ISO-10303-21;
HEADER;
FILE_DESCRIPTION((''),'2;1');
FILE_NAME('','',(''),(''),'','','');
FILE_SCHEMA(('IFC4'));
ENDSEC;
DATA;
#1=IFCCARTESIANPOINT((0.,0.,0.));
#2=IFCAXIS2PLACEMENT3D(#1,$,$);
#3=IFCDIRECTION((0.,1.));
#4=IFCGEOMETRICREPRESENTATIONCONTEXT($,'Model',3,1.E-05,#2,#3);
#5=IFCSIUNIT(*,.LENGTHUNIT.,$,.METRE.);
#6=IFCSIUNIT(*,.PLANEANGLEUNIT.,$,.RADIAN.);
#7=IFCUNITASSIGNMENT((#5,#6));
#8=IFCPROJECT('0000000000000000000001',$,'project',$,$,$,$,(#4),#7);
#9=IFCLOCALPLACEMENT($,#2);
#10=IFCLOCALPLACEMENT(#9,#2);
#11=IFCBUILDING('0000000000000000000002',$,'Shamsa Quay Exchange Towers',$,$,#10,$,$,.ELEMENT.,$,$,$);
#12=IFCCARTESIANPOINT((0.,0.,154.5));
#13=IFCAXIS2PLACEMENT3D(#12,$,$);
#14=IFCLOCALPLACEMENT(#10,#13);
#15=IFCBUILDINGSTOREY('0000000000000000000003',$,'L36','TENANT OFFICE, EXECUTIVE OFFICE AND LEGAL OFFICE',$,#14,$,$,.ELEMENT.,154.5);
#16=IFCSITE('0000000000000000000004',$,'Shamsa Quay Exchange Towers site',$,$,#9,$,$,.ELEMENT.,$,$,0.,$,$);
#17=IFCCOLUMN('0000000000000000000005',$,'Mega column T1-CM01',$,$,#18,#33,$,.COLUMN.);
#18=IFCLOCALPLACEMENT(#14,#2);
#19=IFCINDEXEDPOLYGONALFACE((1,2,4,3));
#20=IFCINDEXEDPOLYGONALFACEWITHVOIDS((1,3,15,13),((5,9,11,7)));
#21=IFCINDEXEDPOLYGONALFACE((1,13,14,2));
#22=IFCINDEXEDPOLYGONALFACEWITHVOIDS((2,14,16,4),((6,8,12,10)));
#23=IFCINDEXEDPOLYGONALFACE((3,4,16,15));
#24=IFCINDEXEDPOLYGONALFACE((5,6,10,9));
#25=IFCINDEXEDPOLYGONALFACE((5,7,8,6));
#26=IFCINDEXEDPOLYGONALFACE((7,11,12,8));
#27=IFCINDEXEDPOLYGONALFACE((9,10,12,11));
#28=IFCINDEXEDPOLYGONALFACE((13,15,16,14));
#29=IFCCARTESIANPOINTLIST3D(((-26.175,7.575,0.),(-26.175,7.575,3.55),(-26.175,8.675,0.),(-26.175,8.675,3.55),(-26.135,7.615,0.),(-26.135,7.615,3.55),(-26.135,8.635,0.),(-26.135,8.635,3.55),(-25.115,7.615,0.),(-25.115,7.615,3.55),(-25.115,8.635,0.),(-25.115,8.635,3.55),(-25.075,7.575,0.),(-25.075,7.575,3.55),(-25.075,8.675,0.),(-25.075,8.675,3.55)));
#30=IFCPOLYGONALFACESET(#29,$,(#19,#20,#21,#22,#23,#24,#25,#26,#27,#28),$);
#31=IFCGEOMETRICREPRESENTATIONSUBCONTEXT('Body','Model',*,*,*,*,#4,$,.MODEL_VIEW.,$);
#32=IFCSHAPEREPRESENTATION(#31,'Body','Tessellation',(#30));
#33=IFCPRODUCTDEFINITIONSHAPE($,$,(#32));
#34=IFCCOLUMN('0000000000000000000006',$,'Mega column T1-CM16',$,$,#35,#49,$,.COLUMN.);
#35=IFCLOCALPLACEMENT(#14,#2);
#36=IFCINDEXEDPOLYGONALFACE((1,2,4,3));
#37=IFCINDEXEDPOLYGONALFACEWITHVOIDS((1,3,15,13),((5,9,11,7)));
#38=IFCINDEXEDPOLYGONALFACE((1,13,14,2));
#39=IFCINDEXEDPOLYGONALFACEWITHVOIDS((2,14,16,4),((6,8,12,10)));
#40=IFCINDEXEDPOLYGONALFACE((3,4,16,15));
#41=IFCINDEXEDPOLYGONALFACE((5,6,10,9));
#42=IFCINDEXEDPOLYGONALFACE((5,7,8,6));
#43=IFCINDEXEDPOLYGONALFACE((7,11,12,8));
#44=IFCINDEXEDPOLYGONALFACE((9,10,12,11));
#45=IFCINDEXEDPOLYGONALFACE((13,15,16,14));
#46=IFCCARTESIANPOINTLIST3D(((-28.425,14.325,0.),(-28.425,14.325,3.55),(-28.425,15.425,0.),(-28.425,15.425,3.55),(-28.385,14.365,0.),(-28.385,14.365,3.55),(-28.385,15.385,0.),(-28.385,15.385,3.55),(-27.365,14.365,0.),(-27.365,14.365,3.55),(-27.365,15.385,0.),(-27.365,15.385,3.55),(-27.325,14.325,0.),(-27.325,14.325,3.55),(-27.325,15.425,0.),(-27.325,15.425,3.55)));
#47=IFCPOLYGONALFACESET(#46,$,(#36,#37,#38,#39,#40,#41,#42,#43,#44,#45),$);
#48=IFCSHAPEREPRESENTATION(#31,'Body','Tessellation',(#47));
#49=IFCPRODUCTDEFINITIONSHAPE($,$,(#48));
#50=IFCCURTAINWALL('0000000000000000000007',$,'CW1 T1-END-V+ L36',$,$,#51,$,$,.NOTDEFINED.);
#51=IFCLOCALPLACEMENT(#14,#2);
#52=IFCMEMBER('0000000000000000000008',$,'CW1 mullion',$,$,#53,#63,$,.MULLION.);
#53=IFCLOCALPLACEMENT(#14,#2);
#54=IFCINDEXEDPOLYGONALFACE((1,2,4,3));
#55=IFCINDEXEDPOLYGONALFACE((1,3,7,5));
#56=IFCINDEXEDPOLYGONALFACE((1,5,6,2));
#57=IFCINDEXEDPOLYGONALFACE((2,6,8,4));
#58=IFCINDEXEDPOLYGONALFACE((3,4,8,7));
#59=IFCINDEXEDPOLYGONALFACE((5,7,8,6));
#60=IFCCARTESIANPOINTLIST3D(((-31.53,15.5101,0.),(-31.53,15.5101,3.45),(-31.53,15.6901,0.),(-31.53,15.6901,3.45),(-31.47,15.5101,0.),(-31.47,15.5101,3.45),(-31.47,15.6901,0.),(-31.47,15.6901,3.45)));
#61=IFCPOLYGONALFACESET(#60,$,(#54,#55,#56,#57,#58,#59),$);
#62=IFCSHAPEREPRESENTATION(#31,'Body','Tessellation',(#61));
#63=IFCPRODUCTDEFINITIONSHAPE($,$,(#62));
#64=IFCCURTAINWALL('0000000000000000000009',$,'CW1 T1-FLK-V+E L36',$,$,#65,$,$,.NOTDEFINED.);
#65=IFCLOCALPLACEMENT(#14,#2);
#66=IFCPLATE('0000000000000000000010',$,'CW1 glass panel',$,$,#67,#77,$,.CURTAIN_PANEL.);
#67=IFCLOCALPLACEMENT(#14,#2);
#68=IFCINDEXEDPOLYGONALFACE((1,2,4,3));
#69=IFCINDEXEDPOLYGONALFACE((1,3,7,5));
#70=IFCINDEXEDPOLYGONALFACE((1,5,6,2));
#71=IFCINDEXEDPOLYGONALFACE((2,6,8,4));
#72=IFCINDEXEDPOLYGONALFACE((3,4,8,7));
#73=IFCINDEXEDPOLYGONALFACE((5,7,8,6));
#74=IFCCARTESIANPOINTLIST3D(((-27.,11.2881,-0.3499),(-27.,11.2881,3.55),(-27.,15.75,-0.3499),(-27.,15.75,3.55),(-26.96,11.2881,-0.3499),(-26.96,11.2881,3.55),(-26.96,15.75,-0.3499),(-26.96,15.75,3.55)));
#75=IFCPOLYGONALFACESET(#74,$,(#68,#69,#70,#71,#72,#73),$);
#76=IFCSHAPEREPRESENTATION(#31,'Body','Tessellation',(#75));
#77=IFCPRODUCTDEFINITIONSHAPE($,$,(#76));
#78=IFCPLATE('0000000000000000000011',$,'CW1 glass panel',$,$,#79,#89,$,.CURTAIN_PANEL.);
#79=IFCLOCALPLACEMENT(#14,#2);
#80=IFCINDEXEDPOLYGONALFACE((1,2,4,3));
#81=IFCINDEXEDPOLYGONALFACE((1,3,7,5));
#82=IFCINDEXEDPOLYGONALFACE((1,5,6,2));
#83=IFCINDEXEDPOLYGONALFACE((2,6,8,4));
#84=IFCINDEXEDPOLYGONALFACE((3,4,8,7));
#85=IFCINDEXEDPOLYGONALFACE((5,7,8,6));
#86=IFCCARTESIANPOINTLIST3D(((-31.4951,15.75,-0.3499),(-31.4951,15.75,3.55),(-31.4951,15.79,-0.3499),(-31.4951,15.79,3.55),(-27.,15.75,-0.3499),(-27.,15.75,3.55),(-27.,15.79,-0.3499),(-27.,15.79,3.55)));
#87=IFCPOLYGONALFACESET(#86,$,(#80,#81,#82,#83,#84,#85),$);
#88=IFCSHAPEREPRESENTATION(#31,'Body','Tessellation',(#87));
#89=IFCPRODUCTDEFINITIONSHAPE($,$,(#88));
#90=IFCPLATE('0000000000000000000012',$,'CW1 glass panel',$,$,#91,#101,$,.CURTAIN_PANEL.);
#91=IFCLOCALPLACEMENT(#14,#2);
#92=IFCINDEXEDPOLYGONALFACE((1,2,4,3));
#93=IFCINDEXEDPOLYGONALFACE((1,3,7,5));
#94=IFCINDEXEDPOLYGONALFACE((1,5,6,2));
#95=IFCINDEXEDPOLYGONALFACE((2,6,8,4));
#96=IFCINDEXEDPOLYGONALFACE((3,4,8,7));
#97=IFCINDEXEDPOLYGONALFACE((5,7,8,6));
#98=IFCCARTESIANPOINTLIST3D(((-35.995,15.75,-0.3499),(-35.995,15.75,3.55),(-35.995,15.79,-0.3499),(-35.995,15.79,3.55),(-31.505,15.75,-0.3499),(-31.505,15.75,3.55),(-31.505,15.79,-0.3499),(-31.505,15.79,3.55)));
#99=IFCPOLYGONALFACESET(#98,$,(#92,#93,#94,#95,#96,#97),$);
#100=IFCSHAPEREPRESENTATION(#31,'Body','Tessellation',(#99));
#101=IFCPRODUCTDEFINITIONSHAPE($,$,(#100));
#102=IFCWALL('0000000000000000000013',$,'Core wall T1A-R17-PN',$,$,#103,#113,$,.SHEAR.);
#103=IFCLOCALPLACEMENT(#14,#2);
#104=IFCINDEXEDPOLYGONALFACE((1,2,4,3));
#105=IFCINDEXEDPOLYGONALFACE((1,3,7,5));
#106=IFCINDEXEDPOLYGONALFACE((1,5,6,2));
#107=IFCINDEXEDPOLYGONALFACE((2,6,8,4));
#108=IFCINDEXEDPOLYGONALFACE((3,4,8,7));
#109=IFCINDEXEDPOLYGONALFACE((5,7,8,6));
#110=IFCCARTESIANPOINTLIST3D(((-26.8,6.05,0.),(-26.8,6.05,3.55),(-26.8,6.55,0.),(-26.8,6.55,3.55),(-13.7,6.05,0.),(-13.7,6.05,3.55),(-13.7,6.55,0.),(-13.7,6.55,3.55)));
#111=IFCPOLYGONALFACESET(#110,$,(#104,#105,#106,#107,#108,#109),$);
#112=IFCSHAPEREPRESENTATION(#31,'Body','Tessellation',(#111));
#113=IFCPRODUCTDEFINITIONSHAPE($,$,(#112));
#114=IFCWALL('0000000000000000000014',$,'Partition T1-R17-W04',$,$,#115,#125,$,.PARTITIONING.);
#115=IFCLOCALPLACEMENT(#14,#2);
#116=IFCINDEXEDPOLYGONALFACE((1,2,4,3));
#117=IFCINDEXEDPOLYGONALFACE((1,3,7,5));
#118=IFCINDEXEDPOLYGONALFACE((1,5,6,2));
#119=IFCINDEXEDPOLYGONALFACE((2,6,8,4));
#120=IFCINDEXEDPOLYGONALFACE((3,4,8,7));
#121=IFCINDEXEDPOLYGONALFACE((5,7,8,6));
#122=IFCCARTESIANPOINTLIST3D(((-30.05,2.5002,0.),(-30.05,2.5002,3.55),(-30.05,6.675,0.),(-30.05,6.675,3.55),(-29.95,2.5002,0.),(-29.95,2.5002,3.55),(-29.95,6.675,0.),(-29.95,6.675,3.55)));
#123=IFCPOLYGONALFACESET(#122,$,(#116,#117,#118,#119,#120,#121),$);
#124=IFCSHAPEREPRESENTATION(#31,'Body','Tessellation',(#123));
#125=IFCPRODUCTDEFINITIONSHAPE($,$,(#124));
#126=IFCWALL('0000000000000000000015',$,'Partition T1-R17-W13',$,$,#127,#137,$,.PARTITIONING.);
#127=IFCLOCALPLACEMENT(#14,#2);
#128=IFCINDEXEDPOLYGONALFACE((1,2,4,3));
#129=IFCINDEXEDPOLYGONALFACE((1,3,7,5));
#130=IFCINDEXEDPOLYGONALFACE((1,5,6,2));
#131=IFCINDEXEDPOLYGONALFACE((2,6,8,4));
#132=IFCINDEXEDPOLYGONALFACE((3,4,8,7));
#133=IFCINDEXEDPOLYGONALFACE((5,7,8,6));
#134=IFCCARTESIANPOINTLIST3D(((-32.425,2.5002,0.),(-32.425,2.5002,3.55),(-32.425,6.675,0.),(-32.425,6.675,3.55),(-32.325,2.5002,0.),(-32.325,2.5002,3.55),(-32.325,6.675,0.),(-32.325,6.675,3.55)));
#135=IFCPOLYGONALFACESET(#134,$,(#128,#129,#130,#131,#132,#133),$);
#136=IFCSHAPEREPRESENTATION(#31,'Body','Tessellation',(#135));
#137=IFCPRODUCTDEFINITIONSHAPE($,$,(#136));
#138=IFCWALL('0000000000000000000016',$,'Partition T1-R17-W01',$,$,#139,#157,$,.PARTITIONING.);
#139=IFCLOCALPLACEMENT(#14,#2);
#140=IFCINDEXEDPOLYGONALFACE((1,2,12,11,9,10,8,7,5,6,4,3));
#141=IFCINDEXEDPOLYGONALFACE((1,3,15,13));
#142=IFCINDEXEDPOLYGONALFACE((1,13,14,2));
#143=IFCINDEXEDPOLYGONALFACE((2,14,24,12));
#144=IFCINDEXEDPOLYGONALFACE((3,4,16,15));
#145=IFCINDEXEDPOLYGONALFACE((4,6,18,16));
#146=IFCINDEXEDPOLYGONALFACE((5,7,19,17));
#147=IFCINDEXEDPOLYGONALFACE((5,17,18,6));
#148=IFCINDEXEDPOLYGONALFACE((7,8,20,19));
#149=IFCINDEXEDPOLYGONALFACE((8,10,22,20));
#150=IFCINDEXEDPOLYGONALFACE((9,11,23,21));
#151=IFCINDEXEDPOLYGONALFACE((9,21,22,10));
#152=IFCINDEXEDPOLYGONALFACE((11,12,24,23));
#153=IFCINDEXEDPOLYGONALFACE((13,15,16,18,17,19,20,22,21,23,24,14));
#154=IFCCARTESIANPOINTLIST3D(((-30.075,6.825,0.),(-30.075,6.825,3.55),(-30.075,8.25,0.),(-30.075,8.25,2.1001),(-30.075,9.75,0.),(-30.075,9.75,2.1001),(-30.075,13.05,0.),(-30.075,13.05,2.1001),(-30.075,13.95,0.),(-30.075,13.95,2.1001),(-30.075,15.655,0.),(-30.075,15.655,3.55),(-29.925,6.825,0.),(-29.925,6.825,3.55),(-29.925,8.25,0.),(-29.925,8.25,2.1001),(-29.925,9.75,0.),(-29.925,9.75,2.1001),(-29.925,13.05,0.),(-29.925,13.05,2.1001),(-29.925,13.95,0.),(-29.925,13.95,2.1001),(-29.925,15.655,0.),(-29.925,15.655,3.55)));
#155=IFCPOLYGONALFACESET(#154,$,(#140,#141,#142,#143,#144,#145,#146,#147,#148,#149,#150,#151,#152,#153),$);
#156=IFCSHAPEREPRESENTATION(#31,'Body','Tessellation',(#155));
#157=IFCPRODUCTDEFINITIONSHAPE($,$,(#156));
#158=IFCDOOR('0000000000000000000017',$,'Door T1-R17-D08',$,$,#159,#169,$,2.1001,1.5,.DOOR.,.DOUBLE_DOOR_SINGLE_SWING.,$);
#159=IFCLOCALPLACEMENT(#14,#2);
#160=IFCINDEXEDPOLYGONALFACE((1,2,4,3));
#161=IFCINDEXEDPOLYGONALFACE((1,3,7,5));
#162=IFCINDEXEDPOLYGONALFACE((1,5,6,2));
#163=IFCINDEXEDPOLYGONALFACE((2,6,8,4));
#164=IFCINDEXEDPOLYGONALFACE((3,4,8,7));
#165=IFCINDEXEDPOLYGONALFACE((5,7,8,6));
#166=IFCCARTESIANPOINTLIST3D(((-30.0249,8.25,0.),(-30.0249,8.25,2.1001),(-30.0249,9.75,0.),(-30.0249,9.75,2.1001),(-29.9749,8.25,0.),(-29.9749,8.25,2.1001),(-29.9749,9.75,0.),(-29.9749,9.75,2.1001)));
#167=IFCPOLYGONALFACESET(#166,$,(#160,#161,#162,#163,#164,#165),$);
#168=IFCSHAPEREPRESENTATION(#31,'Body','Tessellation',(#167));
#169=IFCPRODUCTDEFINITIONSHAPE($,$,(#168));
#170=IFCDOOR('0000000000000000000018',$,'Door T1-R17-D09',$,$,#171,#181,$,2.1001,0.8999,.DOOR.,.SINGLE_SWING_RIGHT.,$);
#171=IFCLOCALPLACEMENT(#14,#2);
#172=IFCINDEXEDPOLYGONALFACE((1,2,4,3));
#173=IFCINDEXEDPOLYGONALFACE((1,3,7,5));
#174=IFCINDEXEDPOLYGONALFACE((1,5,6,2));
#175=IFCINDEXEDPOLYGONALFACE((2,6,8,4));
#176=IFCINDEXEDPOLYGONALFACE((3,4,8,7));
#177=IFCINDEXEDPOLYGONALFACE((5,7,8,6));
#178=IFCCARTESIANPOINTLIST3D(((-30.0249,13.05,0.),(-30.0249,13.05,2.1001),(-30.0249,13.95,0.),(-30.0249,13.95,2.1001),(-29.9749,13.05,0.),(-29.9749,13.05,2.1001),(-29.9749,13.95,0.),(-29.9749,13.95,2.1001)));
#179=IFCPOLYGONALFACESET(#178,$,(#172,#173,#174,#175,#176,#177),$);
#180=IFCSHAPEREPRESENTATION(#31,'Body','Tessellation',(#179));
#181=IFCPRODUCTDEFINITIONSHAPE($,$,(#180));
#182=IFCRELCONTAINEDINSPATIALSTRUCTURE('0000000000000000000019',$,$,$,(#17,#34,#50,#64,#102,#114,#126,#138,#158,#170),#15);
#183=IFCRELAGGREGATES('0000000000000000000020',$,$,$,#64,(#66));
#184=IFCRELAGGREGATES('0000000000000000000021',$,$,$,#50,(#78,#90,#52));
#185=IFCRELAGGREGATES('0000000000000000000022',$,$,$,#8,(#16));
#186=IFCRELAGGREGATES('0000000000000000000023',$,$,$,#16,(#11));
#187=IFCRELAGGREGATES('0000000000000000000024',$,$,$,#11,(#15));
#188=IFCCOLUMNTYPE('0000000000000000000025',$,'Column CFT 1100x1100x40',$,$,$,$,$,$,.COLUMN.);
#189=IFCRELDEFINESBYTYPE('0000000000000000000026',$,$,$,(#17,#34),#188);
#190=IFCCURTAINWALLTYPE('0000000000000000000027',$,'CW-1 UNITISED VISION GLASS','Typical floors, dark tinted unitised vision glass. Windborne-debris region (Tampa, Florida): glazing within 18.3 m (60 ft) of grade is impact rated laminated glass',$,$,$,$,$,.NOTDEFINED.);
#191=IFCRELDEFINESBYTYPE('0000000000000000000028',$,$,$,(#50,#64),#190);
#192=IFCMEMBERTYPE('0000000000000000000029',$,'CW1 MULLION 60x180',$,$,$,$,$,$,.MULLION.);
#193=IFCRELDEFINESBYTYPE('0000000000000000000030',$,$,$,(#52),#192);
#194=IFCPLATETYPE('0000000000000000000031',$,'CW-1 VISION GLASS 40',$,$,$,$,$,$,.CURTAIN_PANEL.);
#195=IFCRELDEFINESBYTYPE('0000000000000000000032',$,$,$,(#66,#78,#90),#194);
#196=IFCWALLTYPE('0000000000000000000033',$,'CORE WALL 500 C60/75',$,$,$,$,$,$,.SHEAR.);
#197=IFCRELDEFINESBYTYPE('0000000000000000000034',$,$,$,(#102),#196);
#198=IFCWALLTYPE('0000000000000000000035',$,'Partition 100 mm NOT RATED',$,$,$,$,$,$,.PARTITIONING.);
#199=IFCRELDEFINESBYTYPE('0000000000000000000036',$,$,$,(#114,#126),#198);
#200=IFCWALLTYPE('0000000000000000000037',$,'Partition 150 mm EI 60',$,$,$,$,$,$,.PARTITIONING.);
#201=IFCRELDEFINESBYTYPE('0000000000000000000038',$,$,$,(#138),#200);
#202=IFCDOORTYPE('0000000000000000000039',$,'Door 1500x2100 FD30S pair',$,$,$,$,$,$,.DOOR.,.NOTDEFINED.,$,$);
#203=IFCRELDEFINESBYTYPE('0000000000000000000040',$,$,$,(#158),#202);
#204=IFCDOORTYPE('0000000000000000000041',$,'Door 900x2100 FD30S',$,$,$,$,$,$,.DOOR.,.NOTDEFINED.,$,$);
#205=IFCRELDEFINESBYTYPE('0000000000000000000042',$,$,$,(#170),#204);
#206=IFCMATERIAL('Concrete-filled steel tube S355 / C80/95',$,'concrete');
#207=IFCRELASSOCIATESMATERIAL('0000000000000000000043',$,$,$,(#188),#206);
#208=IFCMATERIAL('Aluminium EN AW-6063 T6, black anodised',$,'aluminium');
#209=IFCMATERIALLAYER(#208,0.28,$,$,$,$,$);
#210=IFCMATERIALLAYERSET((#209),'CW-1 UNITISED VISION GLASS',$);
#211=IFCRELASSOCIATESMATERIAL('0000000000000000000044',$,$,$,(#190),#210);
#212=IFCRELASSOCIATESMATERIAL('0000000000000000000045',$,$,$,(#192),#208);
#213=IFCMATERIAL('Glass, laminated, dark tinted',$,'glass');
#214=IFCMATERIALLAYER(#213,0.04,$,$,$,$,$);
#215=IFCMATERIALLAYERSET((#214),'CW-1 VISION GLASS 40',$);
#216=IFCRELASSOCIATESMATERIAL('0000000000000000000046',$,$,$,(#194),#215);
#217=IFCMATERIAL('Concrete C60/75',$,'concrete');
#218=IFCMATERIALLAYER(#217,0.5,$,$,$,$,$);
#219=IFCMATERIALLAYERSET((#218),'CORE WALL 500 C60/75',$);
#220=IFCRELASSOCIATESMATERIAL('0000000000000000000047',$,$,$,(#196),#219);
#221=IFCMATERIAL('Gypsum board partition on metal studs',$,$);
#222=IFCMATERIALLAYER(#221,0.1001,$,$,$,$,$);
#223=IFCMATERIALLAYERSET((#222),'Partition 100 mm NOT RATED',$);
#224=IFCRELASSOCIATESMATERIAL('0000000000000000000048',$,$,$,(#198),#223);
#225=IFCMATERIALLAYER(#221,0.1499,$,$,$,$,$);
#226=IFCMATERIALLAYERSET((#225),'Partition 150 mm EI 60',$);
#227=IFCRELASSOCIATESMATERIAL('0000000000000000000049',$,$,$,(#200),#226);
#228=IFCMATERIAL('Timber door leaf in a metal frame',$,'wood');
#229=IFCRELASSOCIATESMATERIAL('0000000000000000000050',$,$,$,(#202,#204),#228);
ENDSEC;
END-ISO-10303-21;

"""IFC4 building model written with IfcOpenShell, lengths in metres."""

from ifc_helpers import new_model, si_unit, direction, frame, frame_2d, origin, origin_2d, place, context, subcontext, project, spatial, rectangle, hollow_rectangle, extrude, material, layer, layer_set, material_profile, profile_set, type_object, element, fill, aggregate, save


model = new_model("IFC4")

# Units and contexts
model_context = context("Model", 3, precision=1e-05, world=origin(), true_north=direction((0.0, 1.0)))
body_context = subcontext(model_context, "Body", "Model", "MODEL_VIEW")
ifc_project = project(units=[si_unit("LENGTHUNIT", "METRE"), si_unit("PLANEANGLEUNIT", "RADIAN")], contexts=[model_context])

# Site, building, storey
site_placement = place(None, origin())
site = spatial("IfcSite", under=ifc_project, at=site_placement, Name="Shamsa Quay Exchange Towers site", CompositionType="ELEMENT", RefElevation=0.0)
building_placement = place(site_placement, origin())
building = spatial("IfcBuilding", under=site, at=building_placement, Name="Shamsa Quay Exchange Towers", CompositionType="ELEMENT")
storey_placement = place(building_placement, frame((0.0, 0.0, 154.5)))
storey = spatial("IfcBuildingStorey", under=building, at=storey_placement, Name="L36", Description="TENANT OFFICE, EXECUTIVE OFFICE AND LEGAL OFFICE", CompositionType="ELEMENT", Elevation=154.5)

# Columns
ifc_material_1 = material(Name="Concrete-filled steel tube S355 / C80/95", Category="concrete")
ifc_material_profile_1 = material_profile(ifc_material_1, hollow_rectangle(XDim=1.1001, YDim=1.1001, WallThickness=0.04, at=origin_2d()), Name="CFT 1100x1100x40")
ifc_profile_set_1 = profile_set([ifc_material_profile_1], Name="Concrete-filled steel tube S355 / C80/95")
column_type = type_object("IfcColumnType", Name="Column CFT 1100x1100x40", PredefinedType="COLUMN", material=ifc_profile_set_1)
for number, where, name in (
    (1, (-25.625, 8.125, 0.0), "Mega column T1-CM01"),
    (2, (-27.875, 14.875, 0.0), "Mega column T1-CM16"),
):
    element("IfcColumn", number, at=place(storey_placement, frame(where)), inside=storey, type_object=column_type, Name=name, PredefinedType="COLUMN", context=body_context, shape_type="SweptSolid", body=[
        extrude(hollow_rectangle(XDim=1.1001, YDim=1.1001, WallThickness=0.04, at=origin_2d()), origin(), (0.0, 0.0, 1.0), 3.55),
    ])

# Curtain wall, member
ifc_material_2 = material(Name="Aluminium EN AW-6063 T6, black anodised", Category="aluminium")
ifc_layer_1 = layer(ifc_material_2, 0.28)
ifc_layer_set_1 = layer_set([ifc_layer_1], Name="CW-1 UNITISED VISION GLASS")
curtain_wall_type = type_object("IfcCurtainWallType", Name="CW-1 UNITISED VISION GLASS", Description="Typical floors, dark tinted unitised vision glass. Windborne-debris region (Tampa, Florida): glazing within 18.3 m (60 ft) of grade is impact rated laminated glass", PredefinedType="NOTDEFINED", material=ifc_layer_set_1)
curtain_wall_1_placement = place(storey_placement, origin())
curtain_wall_1 = element("IfcCurtainWall", 3, at=curtain_wall_1_placement, inside=storey, type_object=curtain_wall_type, Name="CW1 T1-END-V+ L36", PredefinedType="NOTDEFINED")
ifc_material_profile_2 = material_profile(ifc_material_2, rectangle(XDim=0.1799, YDim=0.0601, at=origin_2d()), Name="MU60x180")
ifc_profile_set_2 = profile_set([ifc_material_profile_2], Name="Aluminium EN AW-6063 T6, black anodised")
member_type = type_object("IfcMemberType", Name="CW1 MULLION 60x180", PredefinedType="MULLION", material=ifc_profile_set_2)
member_placement = place(storey_placement, frame((-31.5, 15.6001, 0.0), z_axis=(0.0, 0.0, 1.0), x_axis=(0.0, -1.0, 0.0)))
member = element("IfcMember", 4, at=member_placement, type_object=member_type, Name="CW1 mullion", PredefinedType="MULLION", context=body_context, shape_type="SweptSolid", body=[
    extrude(rectangle(XDim=0.1799, YDim=0.0601, at=origin_2d()), origin(), (0.0, 0.0, 1.0), 3.45),
])

# Curtain wall, plate
curtain_wall_2_placement = place(storey_placement, origin())
curtain_wall_2 = element("IfcCurtainWall", 5, at=curtain_wall_2_placement, inside=storey, type_object=curtain_wall_type, Name="CW1 T1-FLK-V+E L36", PredefinedType="NOTDEFINED")
ifc_material_3 = material(Name="Glass, laminated, dark tinted", Category="glass")
ifc_layer_2 = layer(ifc_material_3, 0.04)
ifc_layer_set_2 = layer_set([ifc_layer_2], Name="CW-1 VISION GLASS 40")
plate_type = type_object("IfcPlateType", Name="CW-1 VISION GLASS 40", PredefinedType="CURTAIN_PANEL", material=ifc_layer_set_2)
plate_1_placement = place(storey_placement, frame((-26.98, 13.519, -0.3499), z_axis=(0.0, 0.0, 1.0), x_axis=(0.0, 1.0, 0.0)))
plate_1 = element("IfcPlate", 6, at=plate_1_placement, type_object=plate_type, Name="CW1 glass panel", PredefinedType="CURTAIN_PANEL", context=body_context, shape_type="SweptSolid", body=[
    extrude(rectangle(XDim=4.4619, YDim=0.04, at=origin_2d()), origin(), (0.0, 0.0, 1.0), 3.8999),
])
aggregate(curtain_wall_2, [plate_1])

# Plates
plate_2_placement = place(storey_placement, frame((-29.2476, 15.77, -0.3499), z_axis=(0.0, 0.0, 1.0), x_axis=(-1.0, 0.0, 0.0)))
plate_2 = element("IfcPlate", 7, at=plate_2_placement, type_object=plate_type, Name="CW1 glass panel", PredefinedType="CURTAIN_PANEL", context=body_context, shape_type="SweptSolid", body=[
    extrude(rectangle(XDim=4.4951, YDim=0.04, at=origin_2d()), origin(), (0.0, 0.0, 1.0), 3.8999),
])
plate_3_placement = place(storey_placement, frame((-33.75, 15.77, -0.3499), z_axis=(0.0, 0.0, 1.0), x_axis=(-1.0, 0.0, 0.0)))
plate_3 = element("IfcPlate", 8, at=plate_3_placement, type_object=plate_type, Name="CW1 glass panel", PredefinedType="CURTAIN_PANEL", context=body_context, shape_type="SweptSolid", body=[
    extrude(rectangle(XDim=4.49, YDim=0.04, at=origin_2d()), origin(), (0.0, 0.0, 1.0), 3.8999),
])
aggregate(curtain_wall_1, [plate_2, plate_3, member])

# Wall
ifc_material_4 = material(Name="Concrete C60/75", Category="concrete")
ifc_layer_3 = layer(ifc_material_4, 0.5)
ifc_layer_set_3 = layer_set([ifc_layer_3], Name="CORE WALL 500 C60/75")
wall_type_1 = type_object("IfcWallType", Name="CORE WALL 500 C60/75", PredefinedType="SHEAR", material=ifc_layer_set_3)
wall_1_placement = place(storey_placement, frame((-26.8, 6.3, 0.0)))
element("IfcWall", 9, at=wall_1_placement, inside=storey, type_object=wall_type_1, Name="Core wall T1A-R17-PN", PredefinedType="SHEAR", context=body_context, shape_type="SweptSolid", body=[
    extrude(rectangle(XDim=13.1001, YDim=0.5, at=frame_2d((6.55, 0.0))), origin(), (0.0, 0.0, 1.0), 3.55),
])

# Walls
ifc_material_5 = material(Name="Gypsum board partition on metal studs")
ifc_layer_4 = layer(ifc_material_5, 0.1001)
ifc_layer_set_4 = layer_set([ifc_layer_4], Name="Partition 100 mm NOT RATED")
wall_type_2 = type_object("IfcWallType", Name="Partition 100 mm NOT RATED", PredefinedType="PARTITIONING", material=ifc_layer_set_4)
for number, where, z_axis, x_axis, name in (
    (10, (-30.0, 2.5002, 0.0), (0.0, 0.0, 1.0), (0.0, 1.0, 0.0), "Partition T1-R17-W04"),
    (11, (-32.375, 2.5002, 0.0), (0.0, 0.0, 1.0), (0.0, 1.0, 0.0), "Partition T1-R17-W13"),
):
    element("IfcWall", number, at=place(storey_placement, frame(where, z_axis=z_axis, x_axis=x_axis)), inside=storey, type_object=wall_type_2, Name=name, PredefinedType="PARTITIONING", context=body_context, shape_type="SweptSolid", body=[
        extrude(rectangle(XDim=4.1748, YDim=0.1001, at=frame_2d((2.0874, 0.0))), origin(), (0.0, 0.0, 1.0), 3.55),
    ])

# Wall, openings, doors
ifc_layer_5 = layer(ifc_material_5, 0.1499)
ifc_layer_set_5 = layer_set([ifc_layer_5], Name="Partition 150 mm EI 60")
wall_type_3 = type_object("IfcWallType", Name="Partition 150 mm EI 60", PredefinedType="PARTITIONING", material=ifc_layer_set_5)
wall_2_placement = place(storey_placement, frame((-30.0, 6.825, 0.0), z_axis=(0.0, 0.0, 1.0), x_axis=(0.0, 1.0, 0.0)))
wall_2 = element("IfcWall", 12, at=wall_2_placement, inside=storey, type_object=wall_type_3, Name="Partition T1-R17-W01", PredefinedType="PARTITIONING", context=body_context, shape_type="SweptSolid", body=[
    extrude(rectangle(XDim=8.8301, YDim=0.1499, at=frame_2d((4.415, 0.0))), origin(), (0.0, 0.0, 1.0), 3.55),
])
opening_1_placement = place(wall_2_placement, frame((1.425, 0.0, 0.0)))
opening_1 = element("IfcOpeningElement", 13, at=opening_1_placement, cuts=wall_2, PredefinedType="OPENING", context=body_context, shape_type="SweptSolid", body=[
    extrude(rectangle(XDim=1.5, YDim=2.1001, at=frame_2d((0.75, 1.05))), frame((0.0, 0.085, 0.0), z_axis=(0.0, -1.0, 0.0), x_axis=(1.0, 0.0, 0.0)), (0.0, 0.0, 1.0), 0.1699),
])
opening_2_placement = place(wall_2_placement, frame((6.2251, 0.0, 0.0)))
opening_2 = element("IfcOpeningElement", 14, at=opening_2_placement, cuts=wall_2, PredefinedType="OPENING", context=body_context, shape_type="SweptSolid", body=[
    extrude(rectangle(XDim=0.8999, YDim=2.1001, at=frame_2d((0.45, 1.05))), frame((0.0, 0.085, 0.0), z_axis=(0.0, -1.0, 0.0), x_axis=(1.0, 0.0, 0.0)), (0.0, 0.0, 1.0), 0.1699),
])
ifc_material_6 = material(Name="Timber door leaf in a metal frame", Category="wood")
door_type_1 = type_object("IfcDoorType", Name="Door 1500x2100 FD30S pair", OperationType="NOTDEFINED", PredefinedType="DOOR", material=ifc_material_6)
door_1_placement = place(opening_1_placement, origin())
door_1 = element("IfcDoor", 15, at=door_1_placement, inside=storey, type_object=door_type_1, Name="Door T1-R17-D08", OperationType="DOUBLE_DOOR_SINGLE_SWING", OverallHeight=2.1001, OverallWidth=1.5, PredefinedType="DOOR", context=body_context, shape_type="SweptSolid", body=[
    extrude(rectangle(XDim=1.5, YDim=2.1001, at=frame_2d((0.75, 1.05))), frame((0.0, 0.0249, 0.0), z_axis=(0.0, -1.0, 0.0), x_axis=(1.0, 0.0, 0.0)), (0.0, 0.0, 1.0), 0.05),
])
fill(opening_1, door_1)
door_type_2 = type_object("IfcDoorType", Name="Door 900x2100 FD30S", OperationType="NOTDEFINED", PredefinedType="DOOR", material=ifc_material_6)
door_2_placement = place(opening_2_placement, origin())
door_2 = element("IfcDoor", 16, at=door_2_placement, inside=storey, type_object=door_type_2, Name="Door T1-R17-D09", OperationType="SINGLE_SWING_RIGHT", OverallHeight=2.1001, OverallWidth=0.8999, PredefinedType="DOOR", context=body_context, shape_type="SweptSolid", body=[
    extrude(rectangle(XDim=0.8999, YDim=2.1001, at=frame_2d((0.45, 1.05))), frame((0.0, 0.0249, 0.0), z_axis=(0.0, -1.0, 0.0), x_axis=(1.0, 0.0, 0.0)), (0.0, 0.0, 1.0), 0.05),
])
fill(opening_2, door_2)

save(model, "model.ifc")
